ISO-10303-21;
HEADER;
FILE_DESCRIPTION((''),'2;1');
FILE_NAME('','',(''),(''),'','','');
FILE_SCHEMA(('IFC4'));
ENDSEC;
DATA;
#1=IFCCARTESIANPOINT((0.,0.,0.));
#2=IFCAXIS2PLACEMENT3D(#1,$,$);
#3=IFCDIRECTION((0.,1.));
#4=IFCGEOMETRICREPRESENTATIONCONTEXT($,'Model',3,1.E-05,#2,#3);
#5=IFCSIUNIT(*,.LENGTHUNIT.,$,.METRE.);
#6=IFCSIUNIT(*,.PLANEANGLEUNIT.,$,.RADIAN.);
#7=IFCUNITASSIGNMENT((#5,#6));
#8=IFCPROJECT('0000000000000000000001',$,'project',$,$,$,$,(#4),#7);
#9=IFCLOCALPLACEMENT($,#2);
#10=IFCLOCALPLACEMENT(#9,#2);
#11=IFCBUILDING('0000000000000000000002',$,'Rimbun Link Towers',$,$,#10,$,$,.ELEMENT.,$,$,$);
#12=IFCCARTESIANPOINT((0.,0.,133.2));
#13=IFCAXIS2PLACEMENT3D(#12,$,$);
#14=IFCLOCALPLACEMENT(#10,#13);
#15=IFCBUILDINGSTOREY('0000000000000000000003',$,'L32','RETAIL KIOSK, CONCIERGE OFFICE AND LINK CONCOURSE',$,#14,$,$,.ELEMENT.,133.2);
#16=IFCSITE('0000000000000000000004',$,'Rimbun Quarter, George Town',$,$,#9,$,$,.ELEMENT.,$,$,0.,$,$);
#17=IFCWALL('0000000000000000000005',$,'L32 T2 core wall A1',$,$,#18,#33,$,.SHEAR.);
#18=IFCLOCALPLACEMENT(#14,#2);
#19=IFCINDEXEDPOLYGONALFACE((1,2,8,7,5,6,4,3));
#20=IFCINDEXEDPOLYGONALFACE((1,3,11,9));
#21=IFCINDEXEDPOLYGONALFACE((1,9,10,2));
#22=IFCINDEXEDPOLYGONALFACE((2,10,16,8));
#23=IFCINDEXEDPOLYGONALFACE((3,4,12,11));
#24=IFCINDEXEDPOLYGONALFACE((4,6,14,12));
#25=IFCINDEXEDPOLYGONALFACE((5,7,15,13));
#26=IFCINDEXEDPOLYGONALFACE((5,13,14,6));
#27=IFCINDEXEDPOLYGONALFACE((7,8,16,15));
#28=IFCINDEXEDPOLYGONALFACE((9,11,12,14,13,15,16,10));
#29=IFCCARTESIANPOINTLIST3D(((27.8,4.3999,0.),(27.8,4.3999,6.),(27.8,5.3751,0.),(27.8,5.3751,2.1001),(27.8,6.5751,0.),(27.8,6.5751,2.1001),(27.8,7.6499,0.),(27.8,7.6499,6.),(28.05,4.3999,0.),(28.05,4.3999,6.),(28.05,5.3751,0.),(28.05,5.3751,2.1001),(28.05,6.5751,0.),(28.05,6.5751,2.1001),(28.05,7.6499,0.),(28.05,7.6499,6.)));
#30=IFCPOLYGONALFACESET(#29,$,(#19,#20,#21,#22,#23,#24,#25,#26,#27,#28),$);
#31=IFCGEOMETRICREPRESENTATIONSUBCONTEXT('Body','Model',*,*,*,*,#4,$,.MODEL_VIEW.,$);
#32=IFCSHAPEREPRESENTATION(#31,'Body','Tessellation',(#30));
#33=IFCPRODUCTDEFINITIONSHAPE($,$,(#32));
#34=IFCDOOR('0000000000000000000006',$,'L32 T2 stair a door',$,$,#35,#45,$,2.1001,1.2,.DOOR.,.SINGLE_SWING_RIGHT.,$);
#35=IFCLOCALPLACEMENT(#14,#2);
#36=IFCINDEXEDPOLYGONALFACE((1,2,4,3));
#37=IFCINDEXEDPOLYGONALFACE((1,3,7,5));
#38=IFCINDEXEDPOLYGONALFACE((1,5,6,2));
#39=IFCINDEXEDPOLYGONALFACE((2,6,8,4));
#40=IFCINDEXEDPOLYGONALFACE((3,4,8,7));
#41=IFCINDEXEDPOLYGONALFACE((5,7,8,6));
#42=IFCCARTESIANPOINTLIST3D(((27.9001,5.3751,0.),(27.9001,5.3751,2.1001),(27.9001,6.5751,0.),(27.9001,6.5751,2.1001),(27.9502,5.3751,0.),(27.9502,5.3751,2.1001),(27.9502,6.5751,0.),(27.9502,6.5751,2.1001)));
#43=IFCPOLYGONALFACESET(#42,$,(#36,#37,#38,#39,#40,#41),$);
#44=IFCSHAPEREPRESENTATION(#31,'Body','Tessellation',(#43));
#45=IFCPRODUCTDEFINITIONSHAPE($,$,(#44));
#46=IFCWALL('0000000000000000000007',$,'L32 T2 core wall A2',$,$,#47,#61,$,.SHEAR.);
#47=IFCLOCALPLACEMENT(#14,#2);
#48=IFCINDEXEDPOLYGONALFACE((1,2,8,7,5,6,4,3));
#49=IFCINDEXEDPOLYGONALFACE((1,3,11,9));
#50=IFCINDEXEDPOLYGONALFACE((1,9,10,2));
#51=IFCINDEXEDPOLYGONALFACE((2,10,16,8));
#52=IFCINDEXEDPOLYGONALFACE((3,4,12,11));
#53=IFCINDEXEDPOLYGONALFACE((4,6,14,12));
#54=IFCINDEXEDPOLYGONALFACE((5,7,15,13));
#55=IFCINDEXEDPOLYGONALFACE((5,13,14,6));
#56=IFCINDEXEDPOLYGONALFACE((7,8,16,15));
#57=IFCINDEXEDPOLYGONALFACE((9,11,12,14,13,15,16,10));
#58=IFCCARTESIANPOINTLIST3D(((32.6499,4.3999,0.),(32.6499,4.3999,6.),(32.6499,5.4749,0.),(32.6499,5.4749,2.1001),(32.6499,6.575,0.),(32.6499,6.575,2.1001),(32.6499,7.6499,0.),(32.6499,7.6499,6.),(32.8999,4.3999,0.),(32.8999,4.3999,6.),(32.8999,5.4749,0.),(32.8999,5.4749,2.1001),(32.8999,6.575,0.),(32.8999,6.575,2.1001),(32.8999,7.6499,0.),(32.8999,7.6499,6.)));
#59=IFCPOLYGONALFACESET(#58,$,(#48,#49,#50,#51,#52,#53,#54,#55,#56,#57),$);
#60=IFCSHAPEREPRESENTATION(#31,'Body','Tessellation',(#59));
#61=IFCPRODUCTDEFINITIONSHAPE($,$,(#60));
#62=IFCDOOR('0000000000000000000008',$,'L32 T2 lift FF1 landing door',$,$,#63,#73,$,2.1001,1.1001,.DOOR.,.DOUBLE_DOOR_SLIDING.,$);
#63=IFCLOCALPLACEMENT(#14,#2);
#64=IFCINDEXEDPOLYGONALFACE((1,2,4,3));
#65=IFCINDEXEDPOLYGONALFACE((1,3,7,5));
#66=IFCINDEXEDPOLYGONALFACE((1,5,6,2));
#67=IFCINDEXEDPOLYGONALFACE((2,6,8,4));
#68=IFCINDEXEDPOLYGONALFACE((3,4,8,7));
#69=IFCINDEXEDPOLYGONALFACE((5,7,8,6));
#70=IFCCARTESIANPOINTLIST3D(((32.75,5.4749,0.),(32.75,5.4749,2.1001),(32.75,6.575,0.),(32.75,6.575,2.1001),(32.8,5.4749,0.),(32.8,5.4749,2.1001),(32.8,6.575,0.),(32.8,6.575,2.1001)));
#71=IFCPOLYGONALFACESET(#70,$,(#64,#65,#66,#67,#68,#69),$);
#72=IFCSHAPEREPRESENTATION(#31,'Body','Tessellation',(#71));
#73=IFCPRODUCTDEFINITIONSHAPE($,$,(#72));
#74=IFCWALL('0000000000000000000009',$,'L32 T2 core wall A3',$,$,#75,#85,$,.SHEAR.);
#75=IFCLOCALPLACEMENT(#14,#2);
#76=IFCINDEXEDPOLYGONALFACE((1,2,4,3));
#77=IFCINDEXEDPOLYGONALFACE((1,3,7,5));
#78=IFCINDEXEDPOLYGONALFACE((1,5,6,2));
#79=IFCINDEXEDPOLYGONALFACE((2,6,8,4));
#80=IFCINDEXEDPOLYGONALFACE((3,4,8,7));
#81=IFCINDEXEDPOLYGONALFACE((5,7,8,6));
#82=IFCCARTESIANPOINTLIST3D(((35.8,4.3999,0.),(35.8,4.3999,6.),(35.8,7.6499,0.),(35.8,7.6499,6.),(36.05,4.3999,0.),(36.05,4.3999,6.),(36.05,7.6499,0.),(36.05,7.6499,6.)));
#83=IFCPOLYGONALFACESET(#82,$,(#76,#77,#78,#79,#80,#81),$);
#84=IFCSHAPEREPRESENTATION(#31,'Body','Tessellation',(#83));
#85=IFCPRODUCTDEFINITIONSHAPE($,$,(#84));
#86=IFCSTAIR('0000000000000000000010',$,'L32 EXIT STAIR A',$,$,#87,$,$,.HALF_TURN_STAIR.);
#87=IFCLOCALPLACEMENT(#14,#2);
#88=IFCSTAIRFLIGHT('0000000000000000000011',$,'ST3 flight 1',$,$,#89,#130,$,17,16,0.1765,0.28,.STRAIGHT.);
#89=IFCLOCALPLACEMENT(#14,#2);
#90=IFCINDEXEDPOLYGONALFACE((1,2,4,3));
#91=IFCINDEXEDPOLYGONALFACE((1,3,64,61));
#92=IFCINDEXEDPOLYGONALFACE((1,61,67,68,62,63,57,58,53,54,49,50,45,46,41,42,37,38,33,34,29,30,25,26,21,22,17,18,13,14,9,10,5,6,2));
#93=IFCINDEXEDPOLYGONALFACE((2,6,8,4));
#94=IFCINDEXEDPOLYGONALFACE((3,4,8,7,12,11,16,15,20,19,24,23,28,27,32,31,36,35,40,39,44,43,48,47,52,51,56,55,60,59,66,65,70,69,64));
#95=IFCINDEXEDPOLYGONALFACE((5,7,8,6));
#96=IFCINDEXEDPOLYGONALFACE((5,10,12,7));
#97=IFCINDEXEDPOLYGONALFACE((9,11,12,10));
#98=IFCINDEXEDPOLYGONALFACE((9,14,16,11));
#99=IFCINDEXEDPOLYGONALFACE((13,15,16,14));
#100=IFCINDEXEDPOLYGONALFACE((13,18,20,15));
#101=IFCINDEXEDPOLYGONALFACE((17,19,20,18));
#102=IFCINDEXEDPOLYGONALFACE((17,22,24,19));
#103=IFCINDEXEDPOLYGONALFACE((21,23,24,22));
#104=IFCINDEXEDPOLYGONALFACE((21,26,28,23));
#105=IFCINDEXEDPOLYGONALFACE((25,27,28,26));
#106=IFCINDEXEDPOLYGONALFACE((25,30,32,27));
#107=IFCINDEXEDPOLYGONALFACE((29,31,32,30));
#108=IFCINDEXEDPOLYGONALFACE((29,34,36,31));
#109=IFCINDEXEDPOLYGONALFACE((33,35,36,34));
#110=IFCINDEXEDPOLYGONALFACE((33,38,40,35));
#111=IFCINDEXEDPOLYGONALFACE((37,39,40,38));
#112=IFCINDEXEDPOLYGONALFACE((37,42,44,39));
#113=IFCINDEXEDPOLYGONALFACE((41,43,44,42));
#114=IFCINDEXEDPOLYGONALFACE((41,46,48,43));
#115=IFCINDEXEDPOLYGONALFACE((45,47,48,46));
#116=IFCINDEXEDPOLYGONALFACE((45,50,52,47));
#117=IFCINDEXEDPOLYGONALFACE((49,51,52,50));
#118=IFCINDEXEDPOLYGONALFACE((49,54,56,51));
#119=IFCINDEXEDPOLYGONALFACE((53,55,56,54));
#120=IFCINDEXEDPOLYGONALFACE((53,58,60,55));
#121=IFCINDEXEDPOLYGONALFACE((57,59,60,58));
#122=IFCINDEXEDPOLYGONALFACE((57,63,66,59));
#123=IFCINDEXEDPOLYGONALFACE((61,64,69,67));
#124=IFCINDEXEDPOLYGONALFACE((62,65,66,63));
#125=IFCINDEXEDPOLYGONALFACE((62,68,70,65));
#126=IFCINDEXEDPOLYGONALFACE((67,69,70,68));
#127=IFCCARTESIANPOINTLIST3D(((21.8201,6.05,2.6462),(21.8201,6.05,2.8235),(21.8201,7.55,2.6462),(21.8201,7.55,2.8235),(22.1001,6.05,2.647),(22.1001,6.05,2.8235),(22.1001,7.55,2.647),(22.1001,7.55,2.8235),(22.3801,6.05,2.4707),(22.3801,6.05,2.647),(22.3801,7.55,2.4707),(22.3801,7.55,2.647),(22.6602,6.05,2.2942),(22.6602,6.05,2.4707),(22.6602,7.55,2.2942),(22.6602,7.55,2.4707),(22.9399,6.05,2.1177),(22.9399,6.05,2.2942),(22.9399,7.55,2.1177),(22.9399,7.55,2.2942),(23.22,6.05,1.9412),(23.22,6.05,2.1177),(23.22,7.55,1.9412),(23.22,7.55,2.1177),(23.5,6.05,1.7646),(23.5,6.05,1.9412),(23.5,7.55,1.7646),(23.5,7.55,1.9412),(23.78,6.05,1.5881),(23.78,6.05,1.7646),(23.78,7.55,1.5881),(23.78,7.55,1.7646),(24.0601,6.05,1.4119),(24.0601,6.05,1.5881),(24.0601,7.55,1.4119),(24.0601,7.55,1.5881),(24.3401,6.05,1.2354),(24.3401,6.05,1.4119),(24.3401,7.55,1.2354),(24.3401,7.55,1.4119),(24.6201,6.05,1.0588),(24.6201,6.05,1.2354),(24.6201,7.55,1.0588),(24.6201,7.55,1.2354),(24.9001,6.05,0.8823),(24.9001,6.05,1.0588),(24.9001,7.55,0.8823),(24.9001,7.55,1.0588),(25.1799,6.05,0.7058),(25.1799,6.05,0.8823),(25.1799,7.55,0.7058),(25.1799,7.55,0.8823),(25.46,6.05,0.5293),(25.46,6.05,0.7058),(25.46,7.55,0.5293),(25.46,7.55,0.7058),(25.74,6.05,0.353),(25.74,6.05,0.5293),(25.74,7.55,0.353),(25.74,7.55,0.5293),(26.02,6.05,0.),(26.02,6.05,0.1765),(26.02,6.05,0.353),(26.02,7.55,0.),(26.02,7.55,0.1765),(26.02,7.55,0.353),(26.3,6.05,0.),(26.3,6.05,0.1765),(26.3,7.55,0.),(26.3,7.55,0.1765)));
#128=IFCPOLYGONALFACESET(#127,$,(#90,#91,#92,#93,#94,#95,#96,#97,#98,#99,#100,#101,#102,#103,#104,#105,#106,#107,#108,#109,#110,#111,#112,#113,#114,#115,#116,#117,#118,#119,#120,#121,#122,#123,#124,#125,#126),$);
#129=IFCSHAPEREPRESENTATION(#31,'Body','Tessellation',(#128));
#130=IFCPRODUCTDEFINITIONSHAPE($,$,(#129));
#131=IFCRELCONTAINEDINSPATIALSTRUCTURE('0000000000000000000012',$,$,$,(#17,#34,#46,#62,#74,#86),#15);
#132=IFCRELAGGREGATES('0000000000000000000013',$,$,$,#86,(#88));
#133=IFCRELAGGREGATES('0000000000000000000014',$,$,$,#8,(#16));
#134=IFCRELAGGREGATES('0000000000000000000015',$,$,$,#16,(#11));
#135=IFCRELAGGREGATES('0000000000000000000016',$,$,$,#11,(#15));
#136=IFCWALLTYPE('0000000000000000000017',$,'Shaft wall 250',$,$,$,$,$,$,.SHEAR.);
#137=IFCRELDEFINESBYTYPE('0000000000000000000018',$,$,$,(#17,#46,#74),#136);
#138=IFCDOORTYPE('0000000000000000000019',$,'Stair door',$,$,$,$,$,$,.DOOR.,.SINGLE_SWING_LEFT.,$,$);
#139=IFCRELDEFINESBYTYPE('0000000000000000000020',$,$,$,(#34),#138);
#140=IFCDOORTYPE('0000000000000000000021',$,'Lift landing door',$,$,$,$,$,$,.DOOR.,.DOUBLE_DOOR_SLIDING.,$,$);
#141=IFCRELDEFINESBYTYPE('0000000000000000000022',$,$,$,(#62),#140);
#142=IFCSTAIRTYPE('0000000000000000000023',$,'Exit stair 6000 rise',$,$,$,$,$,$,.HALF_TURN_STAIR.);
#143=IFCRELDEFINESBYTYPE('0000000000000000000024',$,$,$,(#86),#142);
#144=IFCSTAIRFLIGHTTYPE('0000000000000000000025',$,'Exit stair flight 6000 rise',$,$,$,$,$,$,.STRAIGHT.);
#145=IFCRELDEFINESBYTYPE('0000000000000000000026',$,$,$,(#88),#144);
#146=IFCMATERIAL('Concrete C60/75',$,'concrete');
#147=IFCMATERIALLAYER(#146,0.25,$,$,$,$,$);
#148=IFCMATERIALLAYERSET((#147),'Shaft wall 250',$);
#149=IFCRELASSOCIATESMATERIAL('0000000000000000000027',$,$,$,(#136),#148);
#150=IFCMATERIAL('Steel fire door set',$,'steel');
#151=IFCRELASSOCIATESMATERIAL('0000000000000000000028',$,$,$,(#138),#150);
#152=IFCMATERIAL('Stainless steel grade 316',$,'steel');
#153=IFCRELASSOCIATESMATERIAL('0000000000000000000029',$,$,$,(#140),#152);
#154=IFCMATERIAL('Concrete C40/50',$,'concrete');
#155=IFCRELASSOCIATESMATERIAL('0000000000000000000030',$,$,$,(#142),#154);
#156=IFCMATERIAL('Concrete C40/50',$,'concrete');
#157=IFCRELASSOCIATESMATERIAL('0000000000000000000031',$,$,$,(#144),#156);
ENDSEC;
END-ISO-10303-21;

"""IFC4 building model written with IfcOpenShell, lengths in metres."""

from ifc_helpers import new_model, si_unit, direction, frame, frame_2d, origin, place, context, subcontext, project, spatial, polyline, rectangle, outline, extrude, material, layer, layer_set, type_object, element, fill, aggregate, save


model = new_model("IFC4")

# Units and contexts
model_context = context("Model", 3, precision=1e-05, world=origin(), true_north=direction((0.0, 1.0)))
body_context = subcontext(model_context, "Body", "Model", "MODEL_VIEW")
ifc_project = project(units=[si_unit("LENGTHUNIT", "METRE"), si_unit("PLANEANGLEUNIT", "RADIAN")], contexts=[model_context])

# Site, building, storey
site_placement = place(None, origin())
site = spatial("IfcSite", under=ifc_project, at=site_placement, Name="Rimbun Quarter, George Town", CompositionType="ELEMENT", RefElevation=0.0)
building_placement = place(site_placement, origin())
building = spatial("IfcBuilding", under=site, at=building_placement, Name="Rimbun Link Towers", CompositionType="ELEMENT")
storey_placement = place(building_placement, frame((0.0, 0.0, 133.2)))
storey = spatial("IfcBuildingStorey", under=building, at=storey_placement, Name="L32", Description="RETAIL KIOSK, CONCIERGE OFFICE AND LINK CONCOURSE", CompositionType="ELEMENT", Elevation=133.2)

# Shared definitions
ifc_material_1 = material(Name="Concrete C60/75", Category="concrete")
ifc_layer = layer(ifc_material_1, 0.25)
ifc_layer_set = layer_set([ifc_layer], Name="Shaft wall 250")
wall_type = type_object("IfcWallType", Name="Shaft wall 250", PredefinedType="SHEAR", material=ifc_layer_set)

# Walls, openings, doors
wall_1_placement = place(storey_placement, frame((27.925, 4.3999, 0.0), z_axis=(0.0, 0.0, 1.0), x_axis=(0.0, 1.0, 0.0)))
wall_1 = element("IfcWall", 1, at=wall_1_placement, inside=storey, type_object=wall_type, Name="L32 T2 core wall A1", PredefinedType="SHEAR", context=body_context, shape_type="SweptSolid", body=[
    extrude(rectangle(XDim=3.25, YDim=0.25, at=frame_2d((1.625, 0.0))), origin(), (0.0, 0.0, 1.0), 6.0),
])
opening_1_placement = place(wall_1_placement, frame((0.9751, 0.0, 0.0)))
opening_1 = element("IfcOpeningElement", 2, at=opening_1_placement, cuts=wall_1, PredefinedType="OPENING", context=body_context, shape_type="SweptSolid", body=[
    extrude(rectangle(XDim=1.2, YDim=2.1001, at=frame_2d((0.6001, 1.05))), frame((0.0, 0.135, 0.0), z_axis=(0.0, -1.0, 0.0), x_axis=(1.0, 0.0, 0.0)), (0.0, 0.0, 1.0), 0.27),
])
ifc_material_2 = material(Name="Steel fire door set", Category="steel")
door_type_1 = type_object("IfcDoorType", Name="Stair door", OperationType="SINGLE_SWING_LEFT", PredefinedType="DOOR", material=ifc_material_2)
door_1_placement = place(opening_1_placement, origin())
door_1 = element("IfcDoor", 3, at=door_1_placement, inside=storey, type_object=door_type_1, Name="L32 T2 stair a door", OperationType="SINGLE_SWING_RIGHT", OverallHeight=2.1001, OverallWidth=1.2, PredefinedType="DOOR", context=body_context, shape_type="SweptSolid", body=[
    extrude(rectangle(XDim=1.2, YDim=2.1001, at=frame_2d((0.6001, 1.05))), frame((0.0, 0.0249, 0.0), z_axis=(0.0, -1.0, 0.0), x_axis=(1.0, 0.0, 0.0)), (0.0, 0.0, 1.0), 0.05),
])
fill(opening_1, door_1)
wall_2_placement = place(storey_placement, frame((32.7749, 4.3999, 0.0), z_axis=(0.0, 0.0, 1.0), x_axis=(0.0, 1.0, 0.0)))
wall_2 = element("IfcWall", 4, at=wall_2_placement, inside=storey, type_object=wall_type, Name="L32 T2 core wall A2", PredefinedType="SHEAR", context=body_context, shape_type="SweptSolid", body=[
    extrude(rectangle(XDim=3.25, YDim=0.25, at=frame_2d((1.625, 0.0))), origin(), (0.0, 0.0, 1.0), 6.0),
])
opening_2_placement = place(wall_2_placement, frame((1.075, 0.0, 0.0)))
opening_2 = element("IfcOpeningElement", 5, at=opening_2_placement, cuts=wall_2, PredefinedType="OPENING", context=body_context, shape_type="SweptSolid", body=[
    extrude(rectangle(XDim=1.1001, YDim=2.1001, at=frame_2d((0.55, 1.05))), frame((0.0, 0.135, 0.0), z_axis=(0.0, -1.0, 0.0), x_axis=(1.0, 0.0, 0.0)), (0.0, 0.0, 1.0), 0.27),
])
ifc_material_3 = material(Name="Stainless steel grade 316", Category="steel")
door_type_2 = type_object("IfcDoorType", Name="Lift landing door", OperationType="DOUBLE_DOOR_SLIDING", PredefinedType="DOOR", material=ifc_material_3)
door_2_placement = place(opening_2_placement, origin())
door_2 = element("IfcDoor", 6, at=door_2_placement, inside=storey, type_object=door_type_2, Name="L32 T2 lift FF1 landing door", OperationType="DOUBLE_DOOR_SLIDING", OverallHeight=2.1001, OverallWidth=1.1001, PredefinedType="DOOR", context=body_context, shape_type="SweptSolid", body=[
    extrude(rectangle(XDim=1.1001, YDim=2.1001, at=frame_2d((0.55, 1.05))), frame((0.0, 0.0249, 0.0), z_axis=(0.0, -1.0, 0.0), x_axis=(1.0, 0.0, 0.0)), (0.0, 0.0, 1.0), 0.05),
])
fill(opening_2, door_2)

# Wall
wall_3_placement = place(storey_placement, frame((35.925, 4.3999, 0.0), z_axis=(0.0, 0.0, 1.0), x_axis=(0.0, 1.0, 0.0)))
element("IfcWall", 7, at=wall_3_placement, inside=storey, type_object=wall_type, Name="L32 T2 core wall A3", PredefinedType="SHEAR", context=body_context, shape_type="SweptSolid", body=[
    extrude(rectangle(XDim=3.25, YDim=0.25, at=frame_2d((1.625, 0.0))), origin(), (0.0, 0.0, 1.0), 6.0),
])

# Stair, stair flight
ifc_material_4 = material(Name="Concrete C40/50", Category="concrete")
stair_type = type_object("IfcStairType", Name="Exit stair 6000 rise", PredefinedType="HALF_TURN_STAIR", material=ifc_material_4)
stair_placement = place(storey_placement, origin())
stair = element("IfcStair", 8, at=stair_placement, inside=storey, type_object=stair_type, Name="L32 EXIT STAIR A", PredefinedType="HALF_TURN_STAIR")
ifc_material_5 = material(Name="Concrete C40/50", Category="concrete")
stair_flight_type = type_object("IfcStairFlightType", Name="Exit stair flight 6000 rise", PredefinedType="STRAIGHT", material=ifc_material_5)
stair_flight_placement = place(storey_placement, frame((26.3, 6.8, 0.0), z_axis=(0.0, 0.0, 1.0), x_axis=(-1.0, 0.0, 0.0)))
stair_flight = element("IfcStairFlight", 9, at=stair_flight_placement, type_object=stair_flight_type, Name="ST3 flight 1", NumberOfRisers=17, NumberOfTreads=16, PredefinedType="STRAIGHT", RiserHeight=0.1765, TreadLength=0.28, context=body_context, shape_type="SweptSolid", body=[
    extrude(outline(polyline([(0.0, 0.0), (0.0, 0.1765), (0.28, 0.1765), (0.28, 0.353), (0.5601, 0.353), (0.5601, 0.5293), (0.8401, 0.5293), (0.8401, 0.7058), (1.1201, 0.7058), (1.1201, 0.8823), (1.3999, 0.8823), (1.3999, 1.0588), (1.6799, 1.0588), (1.6799, 1.2354), (1.96, 1.2354), (1.96, 1.4119), (2.24, 1.4119), (2.24, 1.5881), (2.52, 1.5881), (2.52, 1.7646), (2.8, 1.7646), (2.8, 1.9412), (3.0801, 1.9412), (3.0801, 2.1177), (3.3601, 2.1177), (3.3601, 2.2942), (3.6399, 2.2942), (3.6399, 2.4707), (3.9199, 2.4707), (3.9199, 2.647), (4.2, 2.647), (4.2, 2.8235), (4.48, 2.8235), (4.48, 3.0), (4.48, 2.6462), (0.28, 0.0), (0.0, 0.0)])), frame((0.0, 0.75, 0.0), z_axis=(0.0, -1.0, 0.0), x_axis=(1.0, 0.0, 0.0)), (0.0, 0.0, 1.0), 1.5),
])
aggregate(stair, [stair_flight])

save(model, "model.ifc")
